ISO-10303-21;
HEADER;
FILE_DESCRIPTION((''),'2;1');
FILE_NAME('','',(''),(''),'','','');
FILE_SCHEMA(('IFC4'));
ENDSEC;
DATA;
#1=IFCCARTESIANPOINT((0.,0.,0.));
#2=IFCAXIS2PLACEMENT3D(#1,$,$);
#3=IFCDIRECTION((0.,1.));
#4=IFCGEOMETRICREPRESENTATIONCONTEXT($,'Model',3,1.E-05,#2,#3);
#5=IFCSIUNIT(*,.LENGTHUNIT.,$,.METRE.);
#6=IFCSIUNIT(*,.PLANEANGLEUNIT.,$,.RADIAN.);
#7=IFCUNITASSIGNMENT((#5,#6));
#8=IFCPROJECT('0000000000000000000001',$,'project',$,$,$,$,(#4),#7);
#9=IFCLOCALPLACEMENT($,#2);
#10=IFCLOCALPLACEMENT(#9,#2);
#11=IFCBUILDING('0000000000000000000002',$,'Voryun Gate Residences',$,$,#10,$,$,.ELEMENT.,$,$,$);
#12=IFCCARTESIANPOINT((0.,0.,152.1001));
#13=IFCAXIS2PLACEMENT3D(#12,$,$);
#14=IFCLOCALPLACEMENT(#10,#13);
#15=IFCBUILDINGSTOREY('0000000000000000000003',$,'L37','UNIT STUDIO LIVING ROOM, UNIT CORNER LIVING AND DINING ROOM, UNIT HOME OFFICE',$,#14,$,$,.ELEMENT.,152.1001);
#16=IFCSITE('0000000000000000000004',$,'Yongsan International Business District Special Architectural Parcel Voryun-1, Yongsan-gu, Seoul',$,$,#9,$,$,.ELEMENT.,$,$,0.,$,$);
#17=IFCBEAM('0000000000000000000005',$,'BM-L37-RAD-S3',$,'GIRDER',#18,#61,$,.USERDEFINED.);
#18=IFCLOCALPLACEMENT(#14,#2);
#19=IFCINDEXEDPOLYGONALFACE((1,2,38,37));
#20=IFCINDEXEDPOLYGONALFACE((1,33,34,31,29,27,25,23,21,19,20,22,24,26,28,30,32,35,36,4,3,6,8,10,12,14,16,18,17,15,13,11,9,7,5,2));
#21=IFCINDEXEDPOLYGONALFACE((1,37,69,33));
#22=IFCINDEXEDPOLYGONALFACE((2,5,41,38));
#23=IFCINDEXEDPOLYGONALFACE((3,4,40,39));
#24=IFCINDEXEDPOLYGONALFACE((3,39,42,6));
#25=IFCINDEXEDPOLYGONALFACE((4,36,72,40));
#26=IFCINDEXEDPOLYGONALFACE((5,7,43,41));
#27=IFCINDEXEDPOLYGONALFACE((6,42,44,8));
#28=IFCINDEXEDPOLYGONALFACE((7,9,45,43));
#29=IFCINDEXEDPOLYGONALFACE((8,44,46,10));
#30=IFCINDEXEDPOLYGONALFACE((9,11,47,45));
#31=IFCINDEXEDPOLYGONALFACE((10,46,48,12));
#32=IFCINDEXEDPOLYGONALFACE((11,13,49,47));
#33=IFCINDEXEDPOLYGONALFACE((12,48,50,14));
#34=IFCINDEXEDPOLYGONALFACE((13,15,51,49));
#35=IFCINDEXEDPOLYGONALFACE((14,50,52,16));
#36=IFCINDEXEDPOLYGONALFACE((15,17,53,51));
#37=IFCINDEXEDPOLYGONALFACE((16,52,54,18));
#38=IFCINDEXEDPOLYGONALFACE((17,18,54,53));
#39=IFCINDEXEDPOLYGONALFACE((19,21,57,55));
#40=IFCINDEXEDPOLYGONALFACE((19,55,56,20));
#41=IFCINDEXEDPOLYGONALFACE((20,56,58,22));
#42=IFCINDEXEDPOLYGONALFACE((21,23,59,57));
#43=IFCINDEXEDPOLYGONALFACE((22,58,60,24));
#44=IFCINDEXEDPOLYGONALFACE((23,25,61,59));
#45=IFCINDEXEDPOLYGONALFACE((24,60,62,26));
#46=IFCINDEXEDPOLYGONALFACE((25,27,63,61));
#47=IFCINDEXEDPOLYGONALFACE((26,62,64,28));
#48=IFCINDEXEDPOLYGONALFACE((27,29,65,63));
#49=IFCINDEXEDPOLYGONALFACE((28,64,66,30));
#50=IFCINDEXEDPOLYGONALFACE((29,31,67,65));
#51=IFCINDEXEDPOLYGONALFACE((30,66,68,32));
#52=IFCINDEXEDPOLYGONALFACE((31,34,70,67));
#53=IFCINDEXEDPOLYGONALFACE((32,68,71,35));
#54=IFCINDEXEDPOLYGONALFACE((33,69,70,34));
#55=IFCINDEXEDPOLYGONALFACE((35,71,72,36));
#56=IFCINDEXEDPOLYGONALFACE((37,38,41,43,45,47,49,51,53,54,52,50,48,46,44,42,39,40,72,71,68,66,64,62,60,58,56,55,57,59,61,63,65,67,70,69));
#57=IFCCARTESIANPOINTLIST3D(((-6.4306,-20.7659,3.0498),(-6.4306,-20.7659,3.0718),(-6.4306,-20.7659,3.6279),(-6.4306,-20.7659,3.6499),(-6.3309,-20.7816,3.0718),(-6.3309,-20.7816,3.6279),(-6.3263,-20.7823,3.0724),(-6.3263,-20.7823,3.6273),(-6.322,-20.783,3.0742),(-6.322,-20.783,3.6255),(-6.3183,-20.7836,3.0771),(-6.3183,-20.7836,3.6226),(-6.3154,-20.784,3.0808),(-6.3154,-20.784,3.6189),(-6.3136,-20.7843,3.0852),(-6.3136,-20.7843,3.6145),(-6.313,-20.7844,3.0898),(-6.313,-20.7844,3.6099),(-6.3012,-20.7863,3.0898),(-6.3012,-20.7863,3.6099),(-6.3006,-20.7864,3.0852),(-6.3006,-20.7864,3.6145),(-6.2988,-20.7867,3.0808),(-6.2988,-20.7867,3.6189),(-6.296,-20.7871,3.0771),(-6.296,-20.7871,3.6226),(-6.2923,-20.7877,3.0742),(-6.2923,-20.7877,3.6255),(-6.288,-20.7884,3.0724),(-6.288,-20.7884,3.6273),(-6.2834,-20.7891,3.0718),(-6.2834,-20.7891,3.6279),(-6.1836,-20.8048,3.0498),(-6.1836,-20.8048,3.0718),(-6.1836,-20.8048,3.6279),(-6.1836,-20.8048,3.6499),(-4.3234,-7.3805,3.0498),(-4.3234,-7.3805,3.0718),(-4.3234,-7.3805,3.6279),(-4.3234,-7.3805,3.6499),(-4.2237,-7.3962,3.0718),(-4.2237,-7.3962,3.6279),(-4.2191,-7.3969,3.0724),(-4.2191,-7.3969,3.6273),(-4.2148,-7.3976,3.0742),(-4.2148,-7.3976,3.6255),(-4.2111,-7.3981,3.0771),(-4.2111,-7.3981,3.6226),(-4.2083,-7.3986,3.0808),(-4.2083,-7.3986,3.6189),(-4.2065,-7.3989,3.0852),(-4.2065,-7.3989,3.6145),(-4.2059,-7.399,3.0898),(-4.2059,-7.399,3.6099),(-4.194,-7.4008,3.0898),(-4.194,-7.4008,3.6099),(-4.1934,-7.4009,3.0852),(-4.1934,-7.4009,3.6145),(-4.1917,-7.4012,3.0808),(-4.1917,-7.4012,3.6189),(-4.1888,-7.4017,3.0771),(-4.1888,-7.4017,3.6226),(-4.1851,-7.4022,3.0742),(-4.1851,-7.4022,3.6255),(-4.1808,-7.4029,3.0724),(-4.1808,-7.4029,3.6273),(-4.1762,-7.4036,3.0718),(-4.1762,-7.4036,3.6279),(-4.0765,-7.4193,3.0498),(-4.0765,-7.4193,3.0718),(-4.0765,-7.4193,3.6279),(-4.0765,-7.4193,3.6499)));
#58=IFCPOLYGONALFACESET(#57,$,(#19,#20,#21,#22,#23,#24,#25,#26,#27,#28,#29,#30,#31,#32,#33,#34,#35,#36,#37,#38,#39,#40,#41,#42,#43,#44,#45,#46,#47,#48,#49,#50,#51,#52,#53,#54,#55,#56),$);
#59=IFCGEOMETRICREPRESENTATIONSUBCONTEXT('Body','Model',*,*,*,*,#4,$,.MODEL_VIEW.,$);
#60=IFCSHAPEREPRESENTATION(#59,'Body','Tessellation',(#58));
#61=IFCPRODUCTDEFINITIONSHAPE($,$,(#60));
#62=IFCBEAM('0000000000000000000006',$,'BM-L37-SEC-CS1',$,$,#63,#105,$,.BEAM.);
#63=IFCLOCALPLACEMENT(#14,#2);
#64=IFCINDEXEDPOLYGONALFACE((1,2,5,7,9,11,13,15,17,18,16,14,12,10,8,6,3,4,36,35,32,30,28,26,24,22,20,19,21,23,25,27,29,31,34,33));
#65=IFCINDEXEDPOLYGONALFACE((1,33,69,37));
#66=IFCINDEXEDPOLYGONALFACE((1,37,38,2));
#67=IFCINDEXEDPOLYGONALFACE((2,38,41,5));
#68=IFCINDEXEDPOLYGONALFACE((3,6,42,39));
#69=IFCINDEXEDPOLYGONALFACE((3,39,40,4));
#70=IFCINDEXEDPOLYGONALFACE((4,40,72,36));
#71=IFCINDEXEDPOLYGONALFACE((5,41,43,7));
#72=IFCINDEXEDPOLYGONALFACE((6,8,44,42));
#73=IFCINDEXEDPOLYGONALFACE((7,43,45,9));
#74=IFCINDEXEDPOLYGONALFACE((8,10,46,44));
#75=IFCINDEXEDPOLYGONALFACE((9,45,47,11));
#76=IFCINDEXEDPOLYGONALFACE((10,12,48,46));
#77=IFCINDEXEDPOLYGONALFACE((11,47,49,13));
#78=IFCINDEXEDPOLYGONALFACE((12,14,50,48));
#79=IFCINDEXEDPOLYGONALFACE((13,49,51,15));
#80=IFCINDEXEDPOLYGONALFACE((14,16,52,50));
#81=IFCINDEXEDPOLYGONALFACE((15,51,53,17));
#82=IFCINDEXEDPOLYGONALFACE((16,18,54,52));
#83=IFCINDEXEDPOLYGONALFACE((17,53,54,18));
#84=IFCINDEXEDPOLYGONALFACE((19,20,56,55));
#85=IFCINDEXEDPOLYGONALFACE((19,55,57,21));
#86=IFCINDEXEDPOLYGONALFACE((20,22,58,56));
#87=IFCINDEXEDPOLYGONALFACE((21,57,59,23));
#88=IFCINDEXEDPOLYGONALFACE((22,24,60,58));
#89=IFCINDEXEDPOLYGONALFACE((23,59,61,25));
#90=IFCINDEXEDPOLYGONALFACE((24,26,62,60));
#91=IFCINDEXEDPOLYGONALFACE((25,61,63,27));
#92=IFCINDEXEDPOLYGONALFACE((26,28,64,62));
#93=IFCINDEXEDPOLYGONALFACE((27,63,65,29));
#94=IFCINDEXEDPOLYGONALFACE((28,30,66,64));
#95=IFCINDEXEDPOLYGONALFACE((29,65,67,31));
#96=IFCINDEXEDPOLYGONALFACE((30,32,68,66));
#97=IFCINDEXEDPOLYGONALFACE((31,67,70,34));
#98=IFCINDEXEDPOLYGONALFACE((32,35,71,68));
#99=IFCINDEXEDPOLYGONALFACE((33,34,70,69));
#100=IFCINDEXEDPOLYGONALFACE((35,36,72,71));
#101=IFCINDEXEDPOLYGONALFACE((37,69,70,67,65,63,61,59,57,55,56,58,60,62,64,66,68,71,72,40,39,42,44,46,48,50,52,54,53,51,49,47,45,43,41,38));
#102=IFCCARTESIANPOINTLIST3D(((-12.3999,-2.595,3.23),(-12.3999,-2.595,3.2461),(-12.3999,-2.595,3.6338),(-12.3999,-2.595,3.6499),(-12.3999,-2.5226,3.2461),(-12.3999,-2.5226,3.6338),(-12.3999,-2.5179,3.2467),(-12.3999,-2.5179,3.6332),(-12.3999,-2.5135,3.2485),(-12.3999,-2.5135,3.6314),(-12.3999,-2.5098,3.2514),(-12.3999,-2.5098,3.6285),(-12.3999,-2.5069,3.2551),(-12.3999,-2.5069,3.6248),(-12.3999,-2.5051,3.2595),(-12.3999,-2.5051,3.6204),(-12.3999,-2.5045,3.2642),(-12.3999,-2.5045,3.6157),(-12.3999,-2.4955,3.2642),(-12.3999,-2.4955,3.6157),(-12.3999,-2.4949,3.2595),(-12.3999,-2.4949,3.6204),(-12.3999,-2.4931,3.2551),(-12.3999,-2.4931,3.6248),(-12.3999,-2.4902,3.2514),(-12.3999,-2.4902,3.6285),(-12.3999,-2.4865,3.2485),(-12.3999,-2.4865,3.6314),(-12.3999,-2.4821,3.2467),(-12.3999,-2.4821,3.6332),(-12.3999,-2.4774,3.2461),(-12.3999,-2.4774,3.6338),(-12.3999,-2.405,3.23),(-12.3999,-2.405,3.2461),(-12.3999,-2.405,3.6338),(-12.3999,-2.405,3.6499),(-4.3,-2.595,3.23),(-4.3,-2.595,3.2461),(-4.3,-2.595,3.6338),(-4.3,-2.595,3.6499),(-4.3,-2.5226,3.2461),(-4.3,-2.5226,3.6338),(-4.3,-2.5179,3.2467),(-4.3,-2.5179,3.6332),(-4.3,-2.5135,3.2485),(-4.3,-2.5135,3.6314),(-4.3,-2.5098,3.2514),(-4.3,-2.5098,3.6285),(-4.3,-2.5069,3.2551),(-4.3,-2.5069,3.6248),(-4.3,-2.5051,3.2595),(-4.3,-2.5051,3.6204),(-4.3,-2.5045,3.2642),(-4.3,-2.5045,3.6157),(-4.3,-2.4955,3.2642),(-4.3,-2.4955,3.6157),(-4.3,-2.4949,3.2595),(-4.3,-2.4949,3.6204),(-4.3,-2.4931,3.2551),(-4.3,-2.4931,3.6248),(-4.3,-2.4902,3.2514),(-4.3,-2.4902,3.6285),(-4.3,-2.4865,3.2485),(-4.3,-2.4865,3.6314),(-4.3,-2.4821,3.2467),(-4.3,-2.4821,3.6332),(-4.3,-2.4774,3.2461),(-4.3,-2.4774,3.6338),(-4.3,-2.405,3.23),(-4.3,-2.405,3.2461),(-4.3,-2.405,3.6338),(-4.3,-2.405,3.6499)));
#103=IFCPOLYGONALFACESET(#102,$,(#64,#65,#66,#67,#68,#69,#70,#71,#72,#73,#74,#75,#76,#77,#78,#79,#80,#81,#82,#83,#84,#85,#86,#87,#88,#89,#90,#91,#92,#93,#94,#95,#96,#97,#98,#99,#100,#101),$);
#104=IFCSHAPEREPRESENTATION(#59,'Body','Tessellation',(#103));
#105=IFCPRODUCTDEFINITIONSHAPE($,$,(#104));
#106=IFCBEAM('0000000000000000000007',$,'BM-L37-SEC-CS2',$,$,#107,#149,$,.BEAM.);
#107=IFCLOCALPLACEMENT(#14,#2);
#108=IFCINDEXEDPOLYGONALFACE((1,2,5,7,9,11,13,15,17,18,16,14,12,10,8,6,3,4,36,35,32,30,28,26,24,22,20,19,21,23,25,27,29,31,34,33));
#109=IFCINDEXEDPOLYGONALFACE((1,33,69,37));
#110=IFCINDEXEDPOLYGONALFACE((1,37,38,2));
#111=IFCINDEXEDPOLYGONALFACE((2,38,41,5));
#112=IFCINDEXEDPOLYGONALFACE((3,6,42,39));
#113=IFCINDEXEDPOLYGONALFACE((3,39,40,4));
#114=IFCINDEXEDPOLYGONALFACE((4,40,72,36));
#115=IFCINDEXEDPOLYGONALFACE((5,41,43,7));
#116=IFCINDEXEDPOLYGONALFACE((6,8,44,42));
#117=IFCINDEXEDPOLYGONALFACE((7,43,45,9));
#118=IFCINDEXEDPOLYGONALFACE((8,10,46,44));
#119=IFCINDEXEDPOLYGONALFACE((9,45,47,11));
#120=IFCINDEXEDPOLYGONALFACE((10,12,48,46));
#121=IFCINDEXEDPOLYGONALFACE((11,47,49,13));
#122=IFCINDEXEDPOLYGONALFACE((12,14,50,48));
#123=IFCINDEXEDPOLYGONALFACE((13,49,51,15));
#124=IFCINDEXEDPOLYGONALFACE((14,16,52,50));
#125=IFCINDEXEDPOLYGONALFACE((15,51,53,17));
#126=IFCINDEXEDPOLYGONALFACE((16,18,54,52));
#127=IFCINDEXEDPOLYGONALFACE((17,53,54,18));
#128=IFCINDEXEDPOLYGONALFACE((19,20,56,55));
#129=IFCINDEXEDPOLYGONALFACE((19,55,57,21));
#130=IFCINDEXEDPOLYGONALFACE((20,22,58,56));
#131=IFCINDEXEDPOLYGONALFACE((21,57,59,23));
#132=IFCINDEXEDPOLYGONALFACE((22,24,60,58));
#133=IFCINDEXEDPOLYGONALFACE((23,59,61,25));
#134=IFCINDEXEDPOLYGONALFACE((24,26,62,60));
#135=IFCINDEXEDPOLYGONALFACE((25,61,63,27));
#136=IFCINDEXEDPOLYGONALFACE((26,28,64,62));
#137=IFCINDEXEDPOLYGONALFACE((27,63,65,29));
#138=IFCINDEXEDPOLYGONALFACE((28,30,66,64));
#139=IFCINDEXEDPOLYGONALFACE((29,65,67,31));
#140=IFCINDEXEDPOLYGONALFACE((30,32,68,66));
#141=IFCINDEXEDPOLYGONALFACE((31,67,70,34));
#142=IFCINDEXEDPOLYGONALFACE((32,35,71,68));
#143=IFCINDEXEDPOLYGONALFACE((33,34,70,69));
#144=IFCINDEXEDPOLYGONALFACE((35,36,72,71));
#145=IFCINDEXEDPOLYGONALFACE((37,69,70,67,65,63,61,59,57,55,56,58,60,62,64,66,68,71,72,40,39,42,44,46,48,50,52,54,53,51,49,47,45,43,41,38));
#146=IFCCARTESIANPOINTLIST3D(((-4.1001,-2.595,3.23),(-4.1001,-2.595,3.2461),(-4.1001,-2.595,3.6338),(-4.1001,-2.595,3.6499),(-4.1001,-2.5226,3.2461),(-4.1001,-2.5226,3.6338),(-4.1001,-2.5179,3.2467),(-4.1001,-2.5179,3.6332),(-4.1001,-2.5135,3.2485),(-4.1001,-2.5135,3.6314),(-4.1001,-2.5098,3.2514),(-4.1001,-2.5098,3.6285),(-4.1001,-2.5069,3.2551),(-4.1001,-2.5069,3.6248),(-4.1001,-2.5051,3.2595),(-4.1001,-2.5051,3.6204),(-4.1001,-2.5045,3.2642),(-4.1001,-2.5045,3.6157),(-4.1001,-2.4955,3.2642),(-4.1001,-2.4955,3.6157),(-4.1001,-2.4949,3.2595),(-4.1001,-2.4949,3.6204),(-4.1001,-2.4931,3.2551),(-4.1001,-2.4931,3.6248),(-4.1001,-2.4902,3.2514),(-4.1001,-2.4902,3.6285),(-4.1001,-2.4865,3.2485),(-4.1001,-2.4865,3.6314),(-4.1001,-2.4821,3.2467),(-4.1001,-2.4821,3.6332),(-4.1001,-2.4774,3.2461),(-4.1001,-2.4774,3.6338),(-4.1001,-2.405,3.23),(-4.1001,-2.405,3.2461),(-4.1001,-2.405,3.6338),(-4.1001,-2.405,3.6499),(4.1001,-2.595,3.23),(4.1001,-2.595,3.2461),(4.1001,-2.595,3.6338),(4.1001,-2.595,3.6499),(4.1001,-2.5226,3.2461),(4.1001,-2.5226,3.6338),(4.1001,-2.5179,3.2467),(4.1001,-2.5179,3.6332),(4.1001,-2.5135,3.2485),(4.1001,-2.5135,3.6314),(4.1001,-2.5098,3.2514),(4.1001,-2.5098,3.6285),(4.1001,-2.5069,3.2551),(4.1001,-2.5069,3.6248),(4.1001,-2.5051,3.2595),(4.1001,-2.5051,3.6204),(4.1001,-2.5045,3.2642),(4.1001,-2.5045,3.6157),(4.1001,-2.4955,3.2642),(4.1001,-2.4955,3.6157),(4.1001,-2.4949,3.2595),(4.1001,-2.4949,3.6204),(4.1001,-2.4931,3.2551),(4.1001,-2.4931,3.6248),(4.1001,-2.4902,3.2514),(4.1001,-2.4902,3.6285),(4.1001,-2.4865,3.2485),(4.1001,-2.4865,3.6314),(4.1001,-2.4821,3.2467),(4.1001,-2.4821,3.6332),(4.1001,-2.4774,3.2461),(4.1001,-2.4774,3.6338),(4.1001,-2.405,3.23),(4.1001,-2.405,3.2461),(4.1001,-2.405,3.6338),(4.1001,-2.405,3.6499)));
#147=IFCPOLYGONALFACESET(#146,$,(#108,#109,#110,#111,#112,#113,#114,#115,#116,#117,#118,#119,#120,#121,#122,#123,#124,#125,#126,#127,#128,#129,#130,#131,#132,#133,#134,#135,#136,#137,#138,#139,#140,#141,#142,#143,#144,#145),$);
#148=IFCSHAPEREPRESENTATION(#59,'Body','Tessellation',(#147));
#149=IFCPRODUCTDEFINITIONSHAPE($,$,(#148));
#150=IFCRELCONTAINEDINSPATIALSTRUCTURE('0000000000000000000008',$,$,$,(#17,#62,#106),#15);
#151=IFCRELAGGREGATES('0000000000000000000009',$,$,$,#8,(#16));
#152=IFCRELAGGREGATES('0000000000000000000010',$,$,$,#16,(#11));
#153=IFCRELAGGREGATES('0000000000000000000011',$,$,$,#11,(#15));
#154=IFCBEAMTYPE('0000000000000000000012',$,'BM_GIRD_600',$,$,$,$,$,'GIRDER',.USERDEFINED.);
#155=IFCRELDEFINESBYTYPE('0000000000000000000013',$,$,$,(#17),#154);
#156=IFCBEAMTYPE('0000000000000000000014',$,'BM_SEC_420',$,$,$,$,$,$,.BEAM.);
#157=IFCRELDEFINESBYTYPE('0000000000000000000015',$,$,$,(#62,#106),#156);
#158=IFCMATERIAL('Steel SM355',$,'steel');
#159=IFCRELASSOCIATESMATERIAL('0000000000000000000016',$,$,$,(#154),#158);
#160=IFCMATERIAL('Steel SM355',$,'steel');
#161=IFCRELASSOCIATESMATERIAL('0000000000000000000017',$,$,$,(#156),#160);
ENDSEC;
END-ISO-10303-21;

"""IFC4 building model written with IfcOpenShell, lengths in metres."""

from ifc_helpers import new_model, si_unit, direction, frame, origin, origin_2d, place, context, subcontext, project, spatial, i_section, extrude, material, material_profile, profile_set, type_object, element, save


model = new_model("IFC4")

# Units and contexts
model_context = context("Model", 3, precision=1e-05, world=origin(), true_north=direction((0.0, 1.0)))
body_context = subcontext(model_context, "Body", "Model", "MODEL_VIEW")
ifc_project = project(units=[si_unit("LENGTHUNIT", "METRE"), si_unit("PLANEANGLEUNIT", "RADIAN")], contexts=[model_context])

# Site, building, storey
site_placement = place(None, origin())
site = spatial("IfcSite", under=ifc_project, at=site_placement, Name="Yongsan International Business District Special Architectural Parcel Voryun-1, Yongsan-gu, Seoul", CompositionType="ELEMENT", RefElevation=0.0)
building_placement = place(site_placement, origin())
building = spatial("IfcBuilding", under=site, at=building_placement, Name="Voryun Gate Residences", CompositionType="ELEMENT")
storey_placement = place(building_placement, frame((0.0, 0.0, 152.1001)))
storey = spatial("IfcBuildingStorey", under=building, at=storey_placement, Name="L37", Description="UNIT STUDIO LIVING ROOM, UNIT CORNER LIVING AND DINING ROOM, UNIT HOME OFFICE", CompositionType="ELEMENT", Elevation=152.1001)

# Beams
ifc_material_1 = material(Name="Steel SM355", Category="steel")
ifc_material_profile_1 = material_profile(ifc_material_1, i_section(OverallWidth=0.25, OverallDepth=0.6001, WebThickness=0.012, FlangeThickness=0.022, FilletRadius=0.0181, at=origin_2d()), Name="H-600x250x12x22")
ifc_profile_set_1 = profile_set([ifc_material_profile_1], Name="Steel SM355")
beam_type_1 = type_object("IfcBeamType", Name="BM_GIRD_600", ElementType="GIRDER", PredefinedType="USERDEFINED", material=ifc_profile_set_1)
beam_1_placement = place(storey_placement, frame((-4.2, -7.3999, 3.3499), z_axis=(-0.155507, -0.987835, 0.0), x_axis=(0.987835, -0.155507, 0.0)))
element("IfcBeam", 1, at=beam_1_placement, inside=storey, type_object=beam_type_1, Name="BM-L37-RAD-S3", ObjectType="GIRDER", PredefinedType="USERDEFINED", context=body_context, shape_type="SweptSolid", body=[
    extrude(i_section(OverallWidth=0.25, OverallDepth=0.6001, WebThickness=0.012, FlangeThickness=0.022, FilletRadius=0.0181, at=origin_2d()), origin(), (0.0, 0.0, 1.0), 13.5503),
])
ifc_material_2 = material(Name="Steel SM355", Category="steel")
ifc_material_profile_2 = material_profile(ifc_material_2, i_section(OverallWidth=0.1899, OverallDepth=0.4199, WebThickness=0.009, FlangeThickness=0.0161, FilletRadius=0.0181, at=origin_2d()), Name="H-420x190x9x16")
ifc_profile_set_2 = profile_set([ifc_material_profile_2], Name="Steel SM355")
beam_type_2 = type_object("IfcBeamType", Name="BM_SEC_420", PredefinedType="BEAM", material=ifc_profile_set_2)
beam_2_placement = place(storey_placement, frame((-12.3999, -2.5, 3.4399), z_axis=(1.0, 0.0, 0.0), x_axis=(0.0, 1.0, 0.0)))
element("IfcBeam", 2, at=beam_2_placement, inside=storey, type_object=beam_type_2, Name="BM-L37-SEC-CS1", PredefinedType="BEAM", context=body_context, shape_type="SweptSolid", body=[
    extrude(i_section(OverallWidth=0.1899, OverallDepth=0.4199, WebThickness=0.009, FlangeThickness=0.0161, FilletRadius=0.0181, at=origin_2d()), origin(), (0.0, 0.0, 1.0), 8.0999),
])
beam_3_placement = place(storey_placement, frame((-4.1001, -2.5, 3.4399), z_axis=(1.0, 0.0, 0.0), x_axis=(0.0, 1.0, 0.0)))
element("IfcBeam", 3, at=beam_3_placement, inside=storey, type_object=beam_type_2, Name="BM-L37-SEC-CS2", PredefinedType="BEAM", context=body_context, shape_type="SweptSolid", body=[
    extrude(i_section(OverallWidth=0.1899, OverallDepth=0.4199, WebThickness=0.009, FlangeThickness=0.0161, FilletRadius=0.0181, at=origin_2d()), origin(), (0.0, 0.0, 1.0), 8.2002),
])

save(model, "model.ifc")
